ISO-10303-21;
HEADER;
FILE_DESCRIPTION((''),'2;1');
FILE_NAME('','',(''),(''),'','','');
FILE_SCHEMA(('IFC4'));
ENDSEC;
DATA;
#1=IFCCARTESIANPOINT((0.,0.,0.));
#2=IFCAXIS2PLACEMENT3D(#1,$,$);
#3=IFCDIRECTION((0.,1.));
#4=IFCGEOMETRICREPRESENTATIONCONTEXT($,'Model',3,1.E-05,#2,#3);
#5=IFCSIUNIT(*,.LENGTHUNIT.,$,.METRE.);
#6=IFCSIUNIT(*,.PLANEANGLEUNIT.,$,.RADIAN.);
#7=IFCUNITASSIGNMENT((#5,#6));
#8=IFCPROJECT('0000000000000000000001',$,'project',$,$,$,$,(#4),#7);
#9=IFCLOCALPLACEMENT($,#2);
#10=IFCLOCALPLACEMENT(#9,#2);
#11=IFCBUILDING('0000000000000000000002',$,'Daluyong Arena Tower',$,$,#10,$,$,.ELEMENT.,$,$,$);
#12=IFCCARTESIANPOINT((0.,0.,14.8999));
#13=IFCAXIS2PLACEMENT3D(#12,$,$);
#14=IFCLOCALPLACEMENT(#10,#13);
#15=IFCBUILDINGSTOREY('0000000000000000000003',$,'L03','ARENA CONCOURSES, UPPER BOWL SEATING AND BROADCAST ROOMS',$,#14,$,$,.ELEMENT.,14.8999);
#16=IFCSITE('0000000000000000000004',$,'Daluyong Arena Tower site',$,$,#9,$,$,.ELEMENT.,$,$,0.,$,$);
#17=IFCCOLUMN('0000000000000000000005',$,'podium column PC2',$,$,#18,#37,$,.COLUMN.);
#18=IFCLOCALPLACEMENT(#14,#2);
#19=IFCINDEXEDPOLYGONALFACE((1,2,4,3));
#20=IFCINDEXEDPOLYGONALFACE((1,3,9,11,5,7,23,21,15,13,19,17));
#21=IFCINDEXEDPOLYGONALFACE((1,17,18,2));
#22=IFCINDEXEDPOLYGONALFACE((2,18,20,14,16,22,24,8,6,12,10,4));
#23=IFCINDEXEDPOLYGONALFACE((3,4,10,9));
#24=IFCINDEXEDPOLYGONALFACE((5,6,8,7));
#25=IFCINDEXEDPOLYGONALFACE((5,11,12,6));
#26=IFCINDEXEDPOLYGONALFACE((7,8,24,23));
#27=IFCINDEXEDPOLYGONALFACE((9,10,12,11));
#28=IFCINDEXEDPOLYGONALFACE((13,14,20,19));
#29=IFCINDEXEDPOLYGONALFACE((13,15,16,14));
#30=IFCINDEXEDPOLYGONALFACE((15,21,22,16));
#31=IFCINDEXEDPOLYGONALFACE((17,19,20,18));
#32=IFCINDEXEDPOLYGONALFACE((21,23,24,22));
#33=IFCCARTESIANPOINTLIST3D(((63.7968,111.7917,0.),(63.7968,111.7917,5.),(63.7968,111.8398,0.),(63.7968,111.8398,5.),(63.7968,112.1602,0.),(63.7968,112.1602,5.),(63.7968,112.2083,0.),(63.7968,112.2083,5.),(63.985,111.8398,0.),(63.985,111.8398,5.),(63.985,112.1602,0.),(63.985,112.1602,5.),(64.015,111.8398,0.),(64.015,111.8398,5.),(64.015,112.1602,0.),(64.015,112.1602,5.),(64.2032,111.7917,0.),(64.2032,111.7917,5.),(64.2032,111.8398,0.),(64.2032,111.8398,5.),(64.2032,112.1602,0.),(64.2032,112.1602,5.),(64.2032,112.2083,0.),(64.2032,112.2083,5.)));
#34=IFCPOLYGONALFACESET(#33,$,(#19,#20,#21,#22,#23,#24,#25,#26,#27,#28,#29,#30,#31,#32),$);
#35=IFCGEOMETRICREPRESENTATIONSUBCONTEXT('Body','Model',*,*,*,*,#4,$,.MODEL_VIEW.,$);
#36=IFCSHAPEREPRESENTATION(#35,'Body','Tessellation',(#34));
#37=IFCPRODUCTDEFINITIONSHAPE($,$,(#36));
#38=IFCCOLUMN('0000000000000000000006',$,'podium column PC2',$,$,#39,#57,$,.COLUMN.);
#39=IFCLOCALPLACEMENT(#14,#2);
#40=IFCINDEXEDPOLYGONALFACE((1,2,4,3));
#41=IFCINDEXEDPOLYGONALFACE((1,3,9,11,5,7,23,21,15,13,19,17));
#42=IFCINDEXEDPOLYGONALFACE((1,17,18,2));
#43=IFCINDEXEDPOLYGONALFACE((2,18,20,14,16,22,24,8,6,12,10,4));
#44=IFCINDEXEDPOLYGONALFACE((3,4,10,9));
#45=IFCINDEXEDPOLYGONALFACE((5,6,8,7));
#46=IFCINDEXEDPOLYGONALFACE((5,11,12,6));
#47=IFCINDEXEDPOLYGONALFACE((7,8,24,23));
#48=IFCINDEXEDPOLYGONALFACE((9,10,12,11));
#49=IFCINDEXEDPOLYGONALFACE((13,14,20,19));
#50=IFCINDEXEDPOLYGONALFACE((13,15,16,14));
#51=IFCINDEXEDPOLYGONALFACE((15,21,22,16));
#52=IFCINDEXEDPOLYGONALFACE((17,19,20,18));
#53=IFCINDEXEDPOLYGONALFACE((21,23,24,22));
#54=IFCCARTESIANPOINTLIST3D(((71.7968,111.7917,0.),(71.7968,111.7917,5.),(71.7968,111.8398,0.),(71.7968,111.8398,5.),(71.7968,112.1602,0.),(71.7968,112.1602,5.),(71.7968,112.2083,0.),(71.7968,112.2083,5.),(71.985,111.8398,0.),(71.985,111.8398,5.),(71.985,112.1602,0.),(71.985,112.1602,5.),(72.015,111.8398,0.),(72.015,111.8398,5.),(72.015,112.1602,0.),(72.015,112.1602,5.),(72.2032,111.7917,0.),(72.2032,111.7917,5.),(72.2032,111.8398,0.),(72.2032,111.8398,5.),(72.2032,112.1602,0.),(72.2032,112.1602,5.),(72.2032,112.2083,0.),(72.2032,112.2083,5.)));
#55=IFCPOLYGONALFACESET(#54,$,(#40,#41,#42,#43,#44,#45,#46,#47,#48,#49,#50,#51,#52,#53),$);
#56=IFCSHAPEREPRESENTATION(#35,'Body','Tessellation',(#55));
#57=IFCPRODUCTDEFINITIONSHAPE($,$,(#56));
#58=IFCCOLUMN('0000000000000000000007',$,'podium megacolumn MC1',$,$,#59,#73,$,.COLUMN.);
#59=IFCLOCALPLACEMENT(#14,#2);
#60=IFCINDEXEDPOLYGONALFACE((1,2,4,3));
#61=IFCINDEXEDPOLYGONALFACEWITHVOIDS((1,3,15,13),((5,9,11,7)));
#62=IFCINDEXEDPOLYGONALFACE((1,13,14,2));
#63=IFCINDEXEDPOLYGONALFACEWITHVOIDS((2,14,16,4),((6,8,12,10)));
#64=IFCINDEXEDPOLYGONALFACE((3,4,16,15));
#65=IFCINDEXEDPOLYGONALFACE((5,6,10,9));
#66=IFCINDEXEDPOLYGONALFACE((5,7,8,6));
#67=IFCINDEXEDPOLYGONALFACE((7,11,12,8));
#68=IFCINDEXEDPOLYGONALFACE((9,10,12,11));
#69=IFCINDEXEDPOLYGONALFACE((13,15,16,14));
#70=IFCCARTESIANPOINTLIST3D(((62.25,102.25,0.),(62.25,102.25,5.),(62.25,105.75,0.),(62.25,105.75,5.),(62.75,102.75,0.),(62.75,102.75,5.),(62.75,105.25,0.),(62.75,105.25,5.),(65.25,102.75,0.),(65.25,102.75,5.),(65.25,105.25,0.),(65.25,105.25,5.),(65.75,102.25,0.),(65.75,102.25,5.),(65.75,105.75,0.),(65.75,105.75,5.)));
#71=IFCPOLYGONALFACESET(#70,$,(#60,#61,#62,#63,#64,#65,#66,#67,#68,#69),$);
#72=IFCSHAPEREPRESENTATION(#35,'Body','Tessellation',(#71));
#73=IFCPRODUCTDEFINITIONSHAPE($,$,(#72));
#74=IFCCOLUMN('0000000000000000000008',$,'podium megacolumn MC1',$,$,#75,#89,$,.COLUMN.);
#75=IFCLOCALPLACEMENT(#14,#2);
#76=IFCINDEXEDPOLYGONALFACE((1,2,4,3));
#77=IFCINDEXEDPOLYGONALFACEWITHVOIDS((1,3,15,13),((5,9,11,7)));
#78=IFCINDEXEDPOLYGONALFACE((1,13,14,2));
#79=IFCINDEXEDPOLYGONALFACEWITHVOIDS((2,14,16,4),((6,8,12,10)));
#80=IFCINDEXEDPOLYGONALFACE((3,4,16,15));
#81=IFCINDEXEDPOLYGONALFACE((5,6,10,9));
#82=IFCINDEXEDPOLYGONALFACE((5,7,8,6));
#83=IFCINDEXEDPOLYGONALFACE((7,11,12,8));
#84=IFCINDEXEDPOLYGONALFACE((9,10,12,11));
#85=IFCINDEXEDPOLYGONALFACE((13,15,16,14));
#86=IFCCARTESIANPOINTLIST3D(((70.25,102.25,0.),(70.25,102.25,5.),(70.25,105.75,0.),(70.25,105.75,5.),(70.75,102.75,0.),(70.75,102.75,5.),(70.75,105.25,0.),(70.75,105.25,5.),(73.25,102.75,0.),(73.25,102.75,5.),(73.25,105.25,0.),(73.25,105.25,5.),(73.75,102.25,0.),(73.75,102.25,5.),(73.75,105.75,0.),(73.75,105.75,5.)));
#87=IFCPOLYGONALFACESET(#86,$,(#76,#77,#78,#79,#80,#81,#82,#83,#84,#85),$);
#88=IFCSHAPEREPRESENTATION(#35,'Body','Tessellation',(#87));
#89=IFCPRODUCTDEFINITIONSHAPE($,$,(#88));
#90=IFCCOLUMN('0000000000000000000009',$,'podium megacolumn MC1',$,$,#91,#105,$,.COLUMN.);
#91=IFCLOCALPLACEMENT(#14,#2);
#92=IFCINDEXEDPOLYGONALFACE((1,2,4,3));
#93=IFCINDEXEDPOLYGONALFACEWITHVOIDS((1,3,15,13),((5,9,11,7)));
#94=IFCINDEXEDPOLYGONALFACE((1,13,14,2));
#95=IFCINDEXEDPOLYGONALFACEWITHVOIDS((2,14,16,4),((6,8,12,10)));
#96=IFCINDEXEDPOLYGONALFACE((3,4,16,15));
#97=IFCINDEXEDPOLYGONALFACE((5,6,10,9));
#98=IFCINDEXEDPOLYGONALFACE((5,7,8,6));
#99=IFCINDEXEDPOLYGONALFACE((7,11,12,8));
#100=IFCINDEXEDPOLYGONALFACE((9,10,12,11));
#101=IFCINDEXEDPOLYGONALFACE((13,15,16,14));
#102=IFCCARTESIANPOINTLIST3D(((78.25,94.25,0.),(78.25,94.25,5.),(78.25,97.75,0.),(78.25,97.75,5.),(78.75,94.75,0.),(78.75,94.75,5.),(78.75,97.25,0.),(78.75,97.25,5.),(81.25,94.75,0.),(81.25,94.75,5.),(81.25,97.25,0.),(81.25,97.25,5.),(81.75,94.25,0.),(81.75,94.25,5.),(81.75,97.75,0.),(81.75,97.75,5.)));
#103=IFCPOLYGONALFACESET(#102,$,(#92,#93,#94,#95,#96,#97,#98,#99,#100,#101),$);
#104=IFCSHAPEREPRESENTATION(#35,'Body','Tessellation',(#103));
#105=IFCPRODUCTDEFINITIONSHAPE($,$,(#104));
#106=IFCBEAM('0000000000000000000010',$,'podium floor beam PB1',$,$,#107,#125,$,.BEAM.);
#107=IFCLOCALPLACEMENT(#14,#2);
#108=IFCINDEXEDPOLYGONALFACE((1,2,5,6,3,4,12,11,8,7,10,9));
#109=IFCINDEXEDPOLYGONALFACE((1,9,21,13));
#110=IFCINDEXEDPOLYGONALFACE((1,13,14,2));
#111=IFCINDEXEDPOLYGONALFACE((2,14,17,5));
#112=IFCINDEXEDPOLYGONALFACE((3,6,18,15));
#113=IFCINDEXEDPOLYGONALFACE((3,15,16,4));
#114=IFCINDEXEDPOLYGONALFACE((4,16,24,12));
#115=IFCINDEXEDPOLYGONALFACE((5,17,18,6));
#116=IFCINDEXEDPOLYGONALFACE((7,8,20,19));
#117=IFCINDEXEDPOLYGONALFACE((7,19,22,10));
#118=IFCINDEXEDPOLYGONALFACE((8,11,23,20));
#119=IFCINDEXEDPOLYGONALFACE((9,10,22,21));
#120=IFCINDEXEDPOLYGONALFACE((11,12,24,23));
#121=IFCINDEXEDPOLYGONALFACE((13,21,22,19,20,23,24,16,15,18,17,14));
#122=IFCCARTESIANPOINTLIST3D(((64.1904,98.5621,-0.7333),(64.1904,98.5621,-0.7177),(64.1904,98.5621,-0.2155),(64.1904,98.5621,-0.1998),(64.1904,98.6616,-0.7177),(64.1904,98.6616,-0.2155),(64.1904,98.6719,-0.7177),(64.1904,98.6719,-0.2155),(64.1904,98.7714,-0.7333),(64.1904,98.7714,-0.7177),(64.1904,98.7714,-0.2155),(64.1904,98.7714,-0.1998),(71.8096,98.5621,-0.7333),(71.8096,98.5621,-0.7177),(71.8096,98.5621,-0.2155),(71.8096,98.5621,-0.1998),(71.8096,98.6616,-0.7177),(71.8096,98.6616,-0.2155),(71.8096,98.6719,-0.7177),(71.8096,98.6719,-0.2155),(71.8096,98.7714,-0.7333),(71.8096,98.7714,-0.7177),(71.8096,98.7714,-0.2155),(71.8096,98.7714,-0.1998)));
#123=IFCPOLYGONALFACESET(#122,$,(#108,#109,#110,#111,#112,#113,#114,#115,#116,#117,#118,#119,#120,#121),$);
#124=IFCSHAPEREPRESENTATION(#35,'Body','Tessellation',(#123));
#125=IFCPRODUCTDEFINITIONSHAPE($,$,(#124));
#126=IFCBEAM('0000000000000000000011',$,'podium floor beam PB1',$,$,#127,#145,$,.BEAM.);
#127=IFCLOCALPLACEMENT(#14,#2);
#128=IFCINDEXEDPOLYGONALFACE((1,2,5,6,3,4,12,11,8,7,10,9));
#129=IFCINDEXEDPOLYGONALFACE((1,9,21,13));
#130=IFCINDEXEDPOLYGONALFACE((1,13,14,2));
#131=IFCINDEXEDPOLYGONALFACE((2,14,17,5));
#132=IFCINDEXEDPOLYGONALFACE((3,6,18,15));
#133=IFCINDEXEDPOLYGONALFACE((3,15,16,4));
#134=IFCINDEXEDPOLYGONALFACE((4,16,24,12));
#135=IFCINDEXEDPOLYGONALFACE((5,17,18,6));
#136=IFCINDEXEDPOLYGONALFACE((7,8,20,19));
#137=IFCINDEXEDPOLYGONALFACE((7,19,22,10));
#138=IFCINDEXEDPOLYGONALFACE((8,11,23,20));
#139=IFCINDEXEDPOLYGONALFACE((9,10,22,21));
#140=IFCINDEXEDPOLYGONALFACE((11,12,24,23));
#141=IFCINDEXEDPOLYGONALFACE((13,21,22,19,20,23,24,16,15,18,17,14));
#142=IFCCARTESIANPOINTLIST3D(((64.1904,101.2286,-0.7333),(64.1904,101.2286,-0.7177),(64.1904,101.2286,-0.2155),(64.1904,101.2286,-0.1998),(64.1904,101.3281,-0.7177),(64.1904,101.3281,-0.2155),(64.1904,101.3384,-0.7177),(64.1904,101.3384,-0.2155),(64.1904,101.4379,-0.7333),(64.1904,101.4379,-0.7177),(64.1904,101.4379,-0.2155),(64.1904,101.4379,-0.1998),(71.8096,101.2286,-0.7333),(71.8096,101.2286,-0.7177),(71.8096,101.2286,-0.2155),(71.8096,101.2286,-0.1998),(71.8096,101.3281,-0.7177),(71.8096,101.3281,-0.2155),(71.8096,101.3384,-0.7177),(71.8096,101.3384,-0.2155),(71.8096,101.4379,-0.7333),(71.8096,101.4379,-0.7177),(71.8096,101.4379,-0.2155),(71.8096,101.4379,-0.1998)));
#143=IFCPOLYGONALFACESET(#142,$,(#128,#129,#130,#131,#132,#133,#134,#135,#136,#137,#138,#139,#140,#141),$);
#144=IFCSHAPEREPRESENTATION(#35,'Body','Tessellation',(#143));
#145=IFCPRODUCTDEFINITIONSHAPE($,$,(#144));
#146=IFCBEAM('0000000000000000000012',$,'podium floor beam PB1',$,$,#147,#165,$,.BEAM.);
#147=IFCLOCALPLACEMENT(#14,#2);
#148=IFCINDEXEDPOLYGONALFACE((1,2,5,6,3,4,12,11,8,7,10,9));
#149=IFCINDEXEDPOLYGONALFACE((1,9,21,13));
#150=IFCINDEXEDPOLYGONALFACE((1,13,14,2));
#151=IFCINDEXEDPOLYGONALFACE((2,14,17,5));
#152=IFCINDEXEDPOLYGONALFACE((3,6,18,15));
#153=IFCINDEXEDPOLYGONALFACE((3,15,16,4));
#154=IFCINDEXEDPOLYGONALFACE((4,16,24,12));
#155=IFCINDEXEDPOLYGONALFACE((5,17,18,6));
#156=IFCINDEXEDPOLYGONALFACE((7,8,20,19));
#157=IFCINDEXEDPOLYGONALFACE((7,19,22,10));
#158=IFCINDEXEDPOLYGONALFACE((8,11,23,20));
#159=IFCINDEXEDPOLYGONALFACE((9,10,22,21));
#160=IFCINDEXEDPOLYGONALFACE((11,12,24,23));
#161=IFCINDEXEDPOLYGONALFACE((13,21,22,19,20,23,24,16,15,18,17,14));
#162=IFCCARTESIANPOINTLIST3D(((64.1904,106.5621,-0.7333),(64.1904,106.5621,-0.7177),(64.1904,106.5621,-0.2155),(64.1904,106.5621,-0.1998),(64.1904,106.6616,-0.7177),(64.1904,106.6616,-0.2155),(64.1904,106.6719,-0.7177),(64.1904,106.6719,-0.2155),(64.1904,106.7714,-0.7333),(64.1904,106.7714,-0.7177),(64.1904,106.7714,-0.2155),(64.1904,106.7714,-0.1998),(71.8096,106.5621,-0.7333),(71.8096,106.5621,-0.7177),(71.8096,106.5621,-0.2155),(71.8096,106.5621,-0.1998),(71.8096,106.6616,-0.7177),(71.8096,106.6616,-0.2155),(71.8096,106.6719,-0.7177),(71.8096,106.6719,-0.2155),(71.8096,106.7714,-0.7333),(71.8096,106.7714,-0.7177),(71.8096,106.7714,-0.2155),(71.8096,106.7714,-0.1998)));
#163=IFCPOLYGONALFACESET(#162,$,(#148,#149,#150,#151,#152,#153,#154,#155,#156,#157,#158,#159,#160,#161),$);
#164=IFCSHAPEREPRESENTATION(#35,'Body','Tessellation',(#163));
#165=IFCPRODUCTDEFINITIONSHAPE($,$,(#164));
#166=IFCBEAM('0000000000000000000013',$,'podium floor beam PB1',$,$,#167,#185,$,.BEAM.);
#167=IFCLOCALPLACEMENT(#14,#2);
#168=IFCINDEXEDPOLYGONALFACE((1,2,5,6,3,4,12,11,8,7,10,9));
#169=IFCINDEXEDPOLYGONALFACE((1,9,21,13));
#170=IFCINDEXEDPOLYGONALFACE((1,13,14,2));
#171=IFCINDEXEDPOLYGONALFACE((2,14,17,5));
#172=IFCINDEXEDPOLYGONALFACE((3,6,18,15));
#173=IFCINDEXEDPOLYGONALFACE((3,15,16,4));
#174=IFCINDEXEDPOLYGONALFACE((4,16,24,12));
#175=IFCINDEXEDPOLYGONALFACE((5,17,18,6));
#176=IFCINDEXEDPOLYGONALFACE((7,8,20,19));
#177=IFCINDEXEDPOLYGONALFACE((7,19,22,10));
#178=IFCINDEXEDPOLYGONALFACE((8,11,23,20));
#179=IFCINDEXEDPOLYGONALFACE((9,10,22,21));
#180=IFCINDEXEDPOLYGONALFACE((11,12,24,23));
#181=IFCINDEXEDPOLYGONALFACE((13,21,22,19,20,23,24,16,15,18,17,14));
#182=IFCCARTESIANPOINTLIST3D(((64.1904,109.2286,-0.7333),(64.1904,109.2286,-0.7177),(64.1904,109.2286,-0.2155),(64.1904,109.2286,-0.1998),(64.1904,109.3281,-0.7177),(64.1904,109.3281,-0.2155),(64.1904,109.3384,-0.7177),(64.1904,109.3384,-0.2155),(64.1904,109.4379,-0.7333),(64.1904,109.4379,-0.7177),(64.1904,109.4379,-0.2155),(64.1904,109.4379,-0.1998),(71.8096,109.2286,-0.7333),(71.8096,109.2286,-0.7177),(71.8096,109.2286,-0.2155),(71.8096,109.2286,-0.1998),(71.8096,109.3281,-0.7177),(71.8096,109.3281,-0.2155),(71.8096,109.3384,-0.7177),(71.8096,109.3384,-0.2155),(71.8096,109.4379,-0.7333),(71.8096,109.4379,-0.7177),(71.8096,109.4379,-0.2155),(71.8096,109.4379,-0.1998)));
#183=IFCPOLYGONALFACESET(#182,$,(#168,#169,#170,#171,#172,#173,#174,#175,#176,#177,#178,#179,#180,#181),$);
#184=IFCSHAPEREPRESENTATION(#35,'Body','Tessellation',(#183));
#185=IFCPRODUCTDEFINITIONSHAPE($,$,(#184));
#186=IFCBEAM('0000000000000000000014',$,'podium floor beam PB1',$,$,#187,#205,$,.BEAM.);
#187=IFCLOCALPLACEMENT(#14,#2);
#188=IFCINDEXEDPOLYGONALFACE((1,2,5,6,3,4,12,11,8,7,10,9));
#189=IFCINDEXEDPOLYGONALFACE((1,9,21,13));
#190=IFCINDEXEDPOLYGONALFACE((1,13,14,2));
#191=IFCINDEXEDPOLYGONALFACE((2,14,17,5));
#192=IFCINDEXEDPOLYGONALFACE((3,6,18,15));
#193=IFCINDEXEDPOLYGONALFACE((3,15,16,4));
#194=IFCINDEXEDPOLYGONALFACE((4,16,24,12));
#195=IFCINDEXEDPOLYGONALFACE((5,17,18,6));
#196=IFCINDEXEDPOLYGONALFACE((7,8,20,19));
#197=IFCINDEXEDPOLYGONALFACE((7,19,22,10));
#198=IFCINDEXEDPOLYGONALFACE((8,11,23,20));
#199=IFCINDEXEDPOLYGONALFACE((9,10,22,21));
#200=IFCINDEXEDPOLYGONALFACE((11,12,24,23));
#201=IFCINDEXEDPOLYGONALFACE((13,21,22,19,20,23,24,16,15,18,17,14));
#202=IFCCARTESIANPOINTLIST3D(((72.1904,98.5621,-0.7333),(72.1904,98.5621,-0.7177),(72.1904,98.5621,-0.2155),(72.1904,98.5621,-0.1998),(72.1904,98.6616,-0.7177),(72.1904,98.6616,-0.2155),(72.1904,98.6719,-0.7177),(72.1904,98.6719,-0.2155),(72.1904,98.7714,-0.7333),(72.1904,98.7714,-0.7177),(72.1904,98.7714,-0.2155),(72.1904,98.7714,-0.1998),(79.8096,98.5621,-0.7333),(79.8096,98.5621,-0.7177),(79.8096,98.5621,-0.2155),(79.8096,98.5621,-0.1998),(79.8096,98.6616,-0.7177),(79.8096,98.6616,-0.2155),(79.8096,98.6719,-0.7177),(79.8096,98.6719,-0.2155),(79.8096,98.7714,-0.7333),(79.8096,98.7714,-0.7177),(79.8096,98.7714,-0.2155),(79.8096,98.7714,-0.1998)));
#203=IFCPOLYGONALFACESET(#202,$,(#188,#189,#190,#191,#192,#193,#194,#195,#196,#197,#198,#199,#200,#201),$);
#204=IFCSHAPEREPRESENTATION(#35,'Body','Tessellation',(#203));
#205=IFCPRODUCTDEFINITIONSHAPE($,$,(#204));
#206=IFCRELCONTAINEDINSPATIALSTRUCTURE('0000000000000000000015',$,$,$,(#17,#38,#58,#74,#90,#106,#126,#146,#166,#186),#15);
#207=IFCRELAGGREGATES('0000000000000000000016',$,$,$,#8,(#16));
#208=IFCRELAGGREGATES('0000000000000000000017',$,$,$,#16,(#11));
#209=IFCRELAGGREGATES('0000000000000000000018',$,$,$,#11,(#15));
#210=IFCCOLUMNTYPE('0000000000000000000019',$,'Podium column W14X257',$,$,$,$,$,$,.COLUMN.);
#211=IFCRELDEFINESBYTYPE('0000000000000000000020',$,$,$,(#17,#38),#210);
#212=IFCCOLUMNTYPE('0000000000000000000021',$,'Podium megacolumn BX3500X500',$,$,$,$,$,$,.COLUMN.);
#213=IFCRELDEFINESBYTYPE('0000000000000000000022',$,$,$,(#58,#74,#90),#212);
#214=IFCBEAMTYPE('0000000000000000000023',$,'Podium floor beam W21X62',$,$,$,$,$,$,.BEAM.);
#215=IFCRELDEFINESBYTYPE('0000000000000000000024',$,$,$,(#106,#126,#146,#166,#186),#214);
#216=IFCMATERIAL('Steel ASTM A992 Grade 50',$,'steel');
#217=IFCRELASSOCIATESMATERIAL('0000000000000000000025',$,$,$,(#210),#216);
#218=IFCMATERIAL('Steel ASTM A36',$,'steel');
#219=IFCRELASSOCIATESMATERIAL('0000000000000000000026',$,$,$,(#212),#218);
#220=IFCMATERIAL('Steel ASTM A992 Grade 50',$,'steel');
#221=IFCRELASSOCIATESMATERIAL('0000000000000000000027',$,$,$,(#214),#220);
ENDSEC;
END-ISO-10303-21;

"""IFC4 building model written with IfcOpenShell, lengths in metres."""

from ifc_helpers import new_model, si_unit, direction, frame, origin, origin_2d, place, context, subcontext, project, spatial, hollow_rectangle, i_section, extrude, material, material_profile, profile_set, type_object, element, save


model = new_model("IFC4")

# Units and contexts
model_context = context("Model", 3, precision=1e-05, world=origin(), true_north=direction((0.0, 1.0)))
body_context = subcontext(model_context, "Body", "Model", "MODEL_VIEW")
ifc_project = project(units=[si_unit("LENGTHUNIT", "METRE"), si_unit("PLANEANGLEUNIT", "RADIAN")], contexts=[model_context])

# Site, building, storey
site_placement = place(None, origin())
site = spatial("IfcSite", under=ifc_project, at=site_placement, Name="Daluyong Arena Tower site", CompositionType="ELEMENT", RefElevation=0.0)
building_placement = place(site_placement, origin())
building = spatial("IfcBuilding", under=site, at=building_placement, Name="Daluyong Arena Tower", CompositionType="ELEMENT")
storey_placement = place(building_placement, frame((0.0, 0.0, 14.8999)))
storey = spatial("IfcBuildingStorey", under=building, at=storey_placement, Name="L03", Description="ARENA CONCOURSES, UPPER BOWL SEATING AND BROADCAST ROOMS", CompositionType="ELEMENT", Elevation=14.8999)

# Columns
ifc_material_1 = material(Name="Steel ASTM A992 Grade 50", Category="steel")
ifc_material_profile_1 = material_profile(ifc_material_1, i_section(OverallWidth=0.4065, OverallDepth=0.4165, WebThickness=0.03, FlangeThickness=0.0481, at=origin_2d()))
ifc_profile_set_1 = profile_set([ifc_material_profile_1], Name="Steel ASTM A992 Grade 50")
column_type_1 = type_object("IfcColumnType", Name="Podium column W14X257", PredefinedType="COLUMN", material=ifc_profile_set_1)
for number, where, z_axis, x_axis, name in (
    (1, (64.0, 112.0, 0.0), (0.0, 0.0, 1.0), (1.0, 0.0, 0.0), "podium column PC2"),
    (2, (72.0, 112.0, 0.0), (0.0, 0.0, 1.0), (1.0, 0.0, 0.0), "podium column PC2"),
):
    element("IfcColumn", number, at=place(storey_placement, frame(where, z_axis=z_axis, x_axis=x_axis)), inside=storey, type_object=column_type_1, Name=name, PredefinedType="COLUMN", context=body_context, shape_type="SweptSolid", body=[
        extrude(i_section(OverallWidth=0.4065, OverallDepth=0.4165, WebThickness=0.03, FlangeThickness=0.0481, at=origin_2d()), origin(), (0.0, 0.0, 1.0), 5.0),
    ])
ifc_material_2 = material(Name="Steel ASTM A36", Category="steel")
ifc_material_profile_2 = material_profile(ifc_material_2, hollow_rectangle(XDim=3.5, YDim=3.5, WallThickness=0.5, at=origin_2d()))
ifc_profile_set_2 = profile_set([ifc_material_profile_2], Name="Steel ASTM A36")
column_type_2 = type_object("IfcColumnType", Name="Podium megacolumn BX3500X500", PredefinedType="COLUMN", material=ifc_profile_set_2)
for number, where, z_axis, x_axis, name in (
    (3, (64.0, 104.0, 0.0), (0.0, 0.0, 1.0), (1.0, 0.0, 0.0), "podium megacolumn MC1"),
    (4, (72.0, 104.0, 0.0), (0.0, 0.0, 1.0), (1.0, 0.0, 0.0), "podium megacolumn MC1"),
    (5, (80.0, 96.0, 0.0), (0.0, 0.0, 1.0), (1.0, 0.0, 0.0), "podium megacolumn MC1"),
):
    element("IfcColumn", number, at=place(storey_placement, frame(where, z_axis=z_axis, x_axis=x_axis)), inside=storey, type_object=column_type_2, Name=name, PredefinedType="COLUMN", context=body_context, shape_type="SweptSolid", body=[
        extrude(hollow_rectangle(XDim=3.5, YDim=3.5, WallThickness=0.5, at=origin_2d()), origin(), (0.0, 0.0, 1.0), 5.0),
    ])

# Beams
ifc_material_3 = material(Name="Steel ASTM A992 Grade 50", Category="steel")
ifc_material_profile_3 = material_profile(ifc_material_3, i_section(OverallWidth=0.2092, OverallDepth=0.5334, WebThickness=0.0103, FlangeThickness=0.0156, at=origin_2d()))
ifc_profile_set_3 = profile_set([ifc_material_profile_3], Name="Steel ASTM A992 Grade 50")
beam_type_1 = type_object("IfcBeamType", Name="Podium floor beam W21X62", PredefinedType="BEAM", material=ifc_profile_set_3)
for number, where, z_axis, x_axis, name in (
    (6, (64.1904, 98.6667, -0.4666), (1.0, 0.0, 0.0), (0.0, 1.0, 0.0), "podium floor beam PB1"),
    (7, (64.1904, 101.3333, -0.4666), (1.0, 0.0, 0.0), (0.0, 1.0, 0.0), "podium floor beam PB1"),
    (8, (64.1904, 106.6667, -0.4666), (1.0, 0.0, 0.0), (0.0, 1.0, 0.0), "podium floor beam PB1"),
    (9, (64.1904, 109.3333, -0.4666), (1.0, 0.0, 0.0), (0.0, 1.0, 0.0), "podium floor beam PB1"),
    (10, (72.1904, 98.6667, -0.4666), (1.0, 0.0, 0.0), (0.0, 1.0, 0.0), "podium floor beam PB1"),
):
    element("IfcBeam", number, at=place(storey_placement, frame(where, z_axis=z_axis, x_axis=x_axis)), inside=storey, type_object=beam_type_1, Name=name, PredefinedType="BEAM", context=body_context, shape_type="SweptSolid", body=[
        extrude(i_section(OverallWidth=0.2092, OverallDepth=0.5334, WebThickness=0.0103, FlangeThickness=0.0156, at=origin_2d()), origin(), (0.0, 0.0, 1.0), 7.6191),
    ])

save(model, "model.ifc")
